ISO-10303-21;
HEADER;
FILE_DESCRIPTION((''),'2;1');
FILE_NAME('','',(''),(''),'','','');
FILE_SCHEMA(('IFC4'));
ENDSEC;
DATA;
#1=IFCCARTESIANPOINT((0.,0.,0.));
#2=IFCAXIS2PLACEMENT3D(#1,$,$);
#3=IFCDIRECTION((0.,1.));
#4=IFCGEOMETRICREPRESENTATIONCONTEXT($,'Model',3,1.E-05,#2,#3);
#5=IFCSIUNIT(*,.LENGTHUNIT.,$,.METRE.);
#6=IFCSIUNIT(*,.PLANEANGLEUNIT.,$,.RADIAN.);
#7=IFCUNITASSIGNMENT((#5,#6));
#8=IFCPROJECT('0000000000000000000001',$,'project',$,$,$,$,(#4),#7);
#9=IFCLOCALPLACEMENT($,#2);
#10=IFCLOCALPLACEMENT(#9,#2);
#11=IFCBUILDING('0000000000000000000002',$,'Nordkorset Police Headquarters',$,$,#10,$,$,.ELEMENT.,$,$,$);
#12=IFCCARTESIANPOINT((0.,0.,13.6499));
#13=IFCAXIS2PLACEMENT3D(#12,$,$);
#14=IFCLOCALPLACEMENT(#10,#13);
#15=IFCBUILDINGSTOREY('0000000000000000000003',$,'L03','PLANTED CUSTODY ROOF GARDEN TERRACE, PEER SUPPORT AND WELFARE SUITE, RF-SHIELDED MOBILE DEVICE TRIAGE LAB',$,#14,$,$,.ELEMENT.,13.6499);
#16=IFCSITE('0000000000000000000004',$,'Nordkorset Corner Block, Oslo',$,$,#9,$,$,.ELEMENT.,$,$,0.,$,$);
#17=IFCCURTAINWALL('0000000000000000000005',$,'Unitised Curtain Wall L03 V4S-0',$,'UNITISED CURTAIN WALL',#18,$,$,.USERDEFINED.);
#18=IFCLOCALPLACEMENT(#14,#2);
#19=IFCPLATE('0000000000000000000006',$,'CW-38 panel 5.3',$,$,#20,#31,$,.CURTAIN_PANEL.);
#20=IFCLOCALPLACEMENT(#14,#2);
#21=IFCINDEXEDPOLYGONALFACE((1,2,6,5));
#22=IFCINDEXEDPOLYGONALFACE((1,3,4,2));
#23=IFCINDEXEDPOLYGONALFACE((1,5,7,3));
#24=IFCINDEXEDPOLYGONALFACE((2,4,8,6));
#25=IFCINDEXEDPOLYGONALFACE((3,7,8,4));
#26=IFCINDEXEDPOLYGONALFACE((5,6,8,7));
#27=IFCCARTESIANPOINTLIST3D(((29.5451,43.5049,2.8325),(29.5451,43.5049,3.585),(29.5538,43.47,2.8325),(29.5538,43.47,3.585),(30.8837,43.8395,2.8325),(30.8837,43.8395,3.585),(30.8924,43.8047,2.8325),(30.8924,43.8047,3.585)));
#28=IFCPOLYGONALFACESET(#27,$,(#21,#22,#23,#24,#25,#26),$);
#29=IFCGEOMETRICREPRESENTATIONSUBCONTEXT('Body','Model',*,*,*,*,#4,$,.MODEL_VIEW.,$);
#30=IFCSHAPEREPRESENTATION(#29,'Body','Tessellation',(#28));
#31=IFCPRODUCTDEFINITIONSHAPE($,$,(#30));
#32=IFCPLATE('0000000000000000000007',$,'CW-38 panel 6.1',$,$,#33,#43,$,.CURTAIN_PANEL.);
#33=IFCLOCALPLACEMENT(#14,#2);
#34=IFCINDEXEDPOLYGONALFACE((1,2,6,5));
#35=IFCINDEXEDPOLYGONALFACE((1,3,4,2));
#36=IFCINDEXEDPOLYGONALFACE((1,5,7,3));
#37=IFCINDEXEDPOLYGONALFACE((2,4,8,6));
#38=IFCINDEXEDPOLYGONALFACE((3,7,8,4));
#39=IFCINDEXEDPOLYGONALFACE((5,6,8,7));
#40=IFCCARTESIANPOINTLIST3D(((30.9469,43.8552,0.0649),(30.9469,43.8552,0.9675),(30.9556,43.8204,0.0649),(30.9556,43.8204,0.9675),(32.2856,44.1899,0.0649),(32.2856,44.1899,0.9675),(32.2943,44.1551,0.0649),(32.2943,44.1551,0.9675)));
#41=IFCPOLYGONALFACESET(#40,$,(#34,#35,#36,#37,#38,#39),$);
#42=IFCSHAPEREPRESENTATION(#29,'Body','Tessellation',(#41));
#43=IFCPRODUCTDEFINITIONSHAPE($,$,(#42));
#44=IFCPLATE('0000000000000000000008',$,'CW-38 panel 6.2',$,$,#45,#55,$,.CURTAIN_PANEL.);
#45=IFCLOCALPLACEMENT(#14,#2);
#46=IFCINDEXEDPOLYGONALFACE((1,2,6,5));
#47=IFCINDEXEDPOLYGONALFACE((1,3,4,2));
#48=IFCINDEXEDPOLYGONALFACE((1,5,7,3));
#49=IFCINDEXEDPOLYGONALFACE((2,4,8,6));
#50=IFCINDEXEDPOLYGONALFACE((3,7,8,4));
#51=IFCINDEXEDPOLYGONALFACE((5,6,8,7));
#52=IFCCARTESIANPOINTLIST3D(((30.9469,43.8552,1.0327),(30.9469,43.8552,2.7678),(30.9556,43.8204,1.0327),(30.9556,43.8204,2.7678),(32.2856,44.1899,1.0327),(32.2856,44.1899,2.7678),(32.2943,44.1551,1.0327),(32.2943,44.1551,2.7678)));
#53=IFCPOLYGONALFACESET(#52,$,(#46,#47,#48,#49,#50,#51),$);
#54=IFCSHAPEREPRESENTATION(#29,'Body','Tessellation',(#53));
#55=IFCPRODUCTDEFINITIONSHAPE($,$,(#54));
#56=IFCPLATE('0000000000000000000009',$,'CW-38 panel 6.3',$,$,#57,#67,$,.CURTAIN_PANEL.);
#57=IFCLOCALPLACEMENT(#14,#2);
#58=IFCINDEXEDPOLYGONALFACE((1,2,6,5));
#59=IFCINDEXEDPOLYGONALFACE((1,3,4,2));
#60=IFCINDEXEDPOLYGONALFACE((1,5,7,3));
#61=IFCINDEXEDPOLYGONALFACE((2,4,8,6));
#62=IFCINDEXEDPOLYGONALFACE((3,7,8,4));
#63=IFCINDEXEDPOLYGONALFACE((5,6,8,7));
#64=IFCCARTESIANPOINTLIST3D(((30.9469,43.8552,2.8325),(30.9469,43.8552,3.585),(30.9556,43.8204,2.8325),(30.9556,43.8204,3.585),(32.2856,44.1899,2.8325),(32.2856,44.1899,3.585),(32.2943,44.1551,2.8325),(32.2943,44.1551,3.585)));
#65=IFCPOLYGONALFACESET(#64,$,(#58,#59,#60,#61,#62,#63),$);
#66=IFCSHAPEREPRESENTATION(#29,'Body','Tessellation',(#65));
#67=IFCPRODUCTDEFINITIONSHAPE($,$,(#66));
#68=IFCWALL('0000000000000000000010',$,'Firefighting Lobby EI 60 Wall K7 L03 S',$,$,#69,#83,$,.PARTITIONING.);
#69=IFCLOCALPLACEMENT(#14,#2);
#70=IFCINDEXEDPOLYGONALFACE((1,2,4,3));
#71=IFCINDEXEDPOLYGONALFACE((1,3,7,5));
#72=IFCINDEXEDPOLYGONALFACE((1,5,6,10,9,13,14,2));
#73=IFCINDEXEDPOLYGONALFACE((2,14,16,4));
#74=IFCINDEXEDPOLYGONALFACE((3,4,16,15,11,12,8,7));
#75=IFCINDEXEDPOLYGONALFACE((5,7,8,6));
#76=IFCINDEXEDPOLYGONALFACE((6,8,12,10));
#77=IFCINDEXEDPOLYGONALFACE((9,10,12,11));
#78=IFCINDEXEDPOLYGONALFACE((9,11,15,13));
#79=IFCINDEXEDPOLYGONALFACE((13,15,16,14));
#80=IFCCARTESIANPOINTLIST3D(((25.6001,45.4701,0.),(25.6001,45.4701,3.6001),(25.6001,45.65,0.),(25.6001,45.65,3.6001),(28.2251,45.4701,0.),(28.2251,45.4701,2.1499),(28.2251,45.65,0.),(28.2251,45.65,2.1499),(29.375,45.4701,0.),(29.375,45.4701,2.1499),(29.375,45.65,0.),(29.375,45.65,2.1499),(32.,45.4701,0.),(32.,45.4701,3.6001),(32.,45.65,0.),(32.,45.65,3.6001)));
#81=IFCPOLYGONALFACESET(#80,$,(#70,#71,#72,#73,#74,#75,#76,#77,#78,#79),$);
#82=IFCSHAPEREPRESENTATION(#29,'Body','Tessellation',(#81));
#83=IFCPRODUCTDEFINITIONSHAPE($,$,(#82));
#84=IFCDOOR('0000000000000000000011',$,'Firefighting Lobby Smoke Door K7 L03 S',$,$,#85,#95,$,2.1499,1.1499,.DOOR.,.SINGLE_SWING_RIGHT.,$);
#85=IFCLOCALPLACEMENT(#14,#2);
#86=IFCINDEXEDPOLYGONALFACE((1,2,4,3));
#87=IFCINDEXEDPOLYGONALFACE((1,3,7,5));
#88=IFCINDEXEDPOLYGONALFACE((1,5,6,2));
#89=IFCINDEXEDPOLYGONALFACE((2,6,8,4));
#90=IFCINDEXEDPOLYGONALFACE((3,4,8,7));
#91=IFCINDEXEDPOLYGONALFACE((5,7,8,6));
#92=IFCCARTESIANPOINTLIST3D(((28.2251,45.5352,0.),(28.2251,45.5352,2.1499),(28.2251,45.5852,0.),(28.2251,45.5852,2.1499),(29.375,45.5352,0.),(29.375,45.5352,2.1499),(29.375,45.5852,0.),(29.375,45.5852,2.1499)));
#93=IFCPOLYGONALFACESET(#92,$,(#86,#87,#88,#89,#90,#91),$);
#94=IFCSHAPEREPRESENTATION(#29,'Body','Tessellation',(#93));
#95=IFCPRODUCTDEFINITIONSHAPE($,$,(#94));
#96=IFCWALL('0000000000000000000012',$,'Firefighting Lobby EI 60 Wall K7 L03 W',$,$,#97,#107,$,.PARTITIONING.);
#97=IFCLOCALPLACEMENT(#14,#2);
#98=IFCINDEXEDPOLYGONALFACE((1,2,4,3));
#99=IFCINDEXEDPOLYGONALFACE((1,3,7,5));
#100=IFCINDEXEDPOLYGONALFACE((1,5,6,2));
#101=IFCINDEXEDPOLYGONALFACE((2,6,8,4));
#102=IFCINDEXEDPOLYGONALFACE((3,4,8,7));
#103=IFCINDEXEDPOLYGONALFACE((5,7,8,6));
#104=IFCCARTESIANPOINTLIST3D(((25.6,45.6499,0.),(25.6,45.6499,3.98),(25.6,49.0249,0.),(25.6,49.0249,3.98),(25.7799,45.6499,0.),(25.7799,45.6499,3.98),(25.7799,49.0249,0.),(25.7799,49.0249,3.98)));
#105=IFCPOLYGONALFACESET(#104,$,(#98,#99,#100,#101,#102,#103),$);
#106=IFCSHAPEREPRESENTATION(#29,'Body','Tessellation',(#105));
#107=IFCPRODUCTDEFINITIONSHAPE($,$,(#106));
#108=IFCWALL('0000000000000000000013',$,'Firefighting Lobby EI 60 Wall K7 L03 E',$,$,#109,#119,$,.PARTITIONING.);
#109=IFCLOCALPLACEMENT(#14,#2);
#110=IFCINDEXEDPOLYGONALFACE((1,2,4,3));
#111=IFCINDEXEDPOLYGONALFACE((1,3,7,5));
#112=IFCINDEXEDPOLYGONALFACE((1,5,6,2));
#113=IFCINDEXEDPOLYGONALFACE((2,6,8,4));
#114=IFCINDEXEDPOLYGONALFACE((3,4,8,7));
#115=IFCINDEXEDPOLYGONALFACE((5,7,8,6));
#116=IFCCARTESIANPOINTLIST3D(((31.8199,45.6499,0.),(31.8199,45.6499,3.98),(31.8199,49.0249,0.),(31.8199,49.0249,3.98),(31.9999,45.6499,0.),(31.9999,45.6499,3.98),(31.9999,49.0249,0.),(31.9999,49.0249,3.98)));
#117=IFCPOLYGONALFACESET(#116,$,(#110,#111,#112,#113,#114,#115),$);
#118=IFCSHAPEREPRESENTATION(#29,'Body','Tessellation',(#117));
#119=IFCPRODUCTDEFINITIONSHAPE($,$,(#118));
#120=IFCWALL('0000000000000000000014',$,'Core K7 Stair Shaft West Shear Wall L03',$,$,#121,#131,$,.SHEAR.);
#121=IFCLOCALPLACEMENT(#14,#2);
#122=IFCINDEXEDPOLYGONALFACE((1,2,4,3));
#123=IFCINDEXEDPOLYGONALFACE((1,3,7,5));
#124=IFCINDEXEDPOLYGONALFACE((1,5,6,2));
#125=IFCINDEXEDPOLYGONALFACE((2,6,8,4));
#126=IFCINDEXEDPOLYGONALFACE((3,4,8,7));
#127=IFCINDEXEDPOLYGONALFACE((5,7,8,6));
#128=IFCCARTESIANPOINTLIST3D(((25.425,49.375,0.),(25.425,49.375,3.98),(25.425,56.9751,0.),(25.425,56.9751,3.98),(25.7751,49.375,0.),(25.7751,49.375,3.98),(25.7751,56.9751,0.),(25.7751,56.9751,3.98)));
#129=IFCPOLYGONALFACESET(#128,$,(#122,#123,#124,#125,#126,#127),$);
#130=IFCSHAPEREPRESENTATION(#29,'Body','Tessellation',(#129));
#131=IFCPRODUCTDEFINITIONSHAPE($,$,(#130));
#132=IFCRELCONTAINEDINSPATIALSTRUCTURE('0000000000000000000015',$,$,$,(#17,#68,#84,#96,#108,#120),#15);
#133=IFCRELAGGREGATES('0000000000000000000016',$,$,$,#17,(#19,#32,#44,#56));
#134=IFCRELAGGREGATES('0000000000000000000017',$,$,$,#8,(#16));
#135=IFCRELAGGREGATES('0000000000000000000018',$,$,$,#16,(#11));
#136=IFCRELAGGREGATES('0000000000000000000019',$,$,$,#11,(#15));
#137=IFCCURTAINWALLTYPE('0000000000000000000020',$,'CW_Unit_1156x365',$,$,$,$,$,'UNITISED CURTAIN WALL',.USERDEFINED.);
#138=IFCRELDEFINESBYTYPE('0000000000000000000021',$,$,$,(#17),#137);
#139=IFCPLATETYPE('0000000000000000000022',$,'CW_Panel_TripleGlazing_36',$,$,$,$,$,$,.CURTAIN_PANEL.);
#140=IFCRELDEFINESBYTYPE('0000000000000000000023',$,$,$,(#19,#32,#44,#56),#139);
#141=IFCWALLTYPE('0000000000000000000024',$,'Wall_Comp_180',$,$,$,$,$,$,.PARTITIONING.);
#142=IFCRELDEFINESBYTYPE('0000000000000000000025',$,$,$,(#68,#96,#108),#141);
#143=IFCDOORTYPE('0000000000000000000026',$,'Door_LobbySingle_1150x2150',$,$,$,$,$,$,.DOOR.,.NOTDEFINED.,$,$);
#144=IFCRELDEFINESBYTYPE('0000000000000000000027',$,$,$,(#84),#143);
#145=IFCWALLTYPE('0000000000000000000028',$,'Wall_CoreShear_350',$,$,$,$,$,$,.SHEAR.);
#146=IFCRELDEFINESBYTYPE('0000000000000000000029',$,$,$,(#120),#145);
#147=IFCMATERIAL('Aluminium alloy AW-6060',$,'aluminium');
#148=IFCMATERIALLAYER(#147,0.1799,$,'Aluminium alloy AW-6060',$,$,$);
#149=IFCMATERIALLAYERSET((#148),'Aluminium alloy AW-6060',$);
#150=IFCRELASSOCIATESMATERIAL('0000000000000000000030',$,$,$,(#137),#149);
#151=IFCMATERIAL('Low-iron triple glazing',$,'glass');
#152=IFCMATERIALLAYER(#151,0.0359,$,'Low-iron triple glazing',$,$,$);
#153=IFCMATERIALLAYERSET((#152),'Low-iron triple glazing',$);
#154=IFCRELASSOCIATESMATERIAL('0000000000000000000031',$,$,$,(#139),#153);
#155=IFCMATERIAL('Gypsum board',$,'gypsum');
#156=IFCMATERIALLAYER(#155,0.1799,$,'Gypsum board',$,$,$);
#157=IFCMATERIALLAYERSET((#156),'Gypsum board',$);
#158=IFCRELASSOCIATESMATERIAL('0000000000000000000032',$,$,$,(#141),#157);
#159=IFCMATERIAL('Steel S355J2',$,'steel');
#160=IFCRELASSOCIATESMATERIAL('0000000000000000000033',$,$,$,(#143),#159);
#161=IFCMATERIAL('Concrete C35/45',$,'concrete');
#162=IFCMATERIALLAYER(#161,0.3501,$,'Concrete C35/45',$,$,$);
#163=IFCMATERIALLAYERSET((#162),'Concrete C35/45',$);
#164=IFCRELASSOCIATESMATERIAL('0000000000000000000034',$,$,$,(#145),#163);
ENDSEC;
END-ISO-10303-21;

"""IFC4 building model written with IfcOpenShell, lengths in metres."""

from ifc_helpers import new_model, si_unit, direction, frame, frame_2d, origin, origin_2d, place, context, subcontext, project, spatial, rectangle, extrude, material, layer, layer_set, type_object, element, fill, aggregate, save


model = new_model("IFC4")

# Units and contexts
model_context = context("Model", 3, precision=1e-05, world=origin(), true_north=direction((0.0, 1.0)))
body_context = subcontext(model_context, "Body", "Model", "MODEL_VIEW")
ifc_project = project(units=[si_unit("LENGTHUNIT", "METRE"), si_unit("PLANEANGLEUNIT", "RADIAN")], contexts=[model_context])

# Site, building, storey
site_placement = place(None, origin())
site = spatial("IfcSite", under=ifc_project, at=site_placement, Name="Nordkorset Corner Block, Oslo", CompositionType="ELEMENT", RefElevation=0.0)
building_placement = place(site_placement, origin())
building = spatial("IfcBuilding", under=site, at=building_placement, Name="Nordkorset Police Headquarters", CompositionType="ELEMENT")
storey_placement = place(building_placement, frame((0.0, 0.0, 13.6499)))
storey = spatial("IfcBuildingStorey", under=building, at=storey_placement, Name="L03", Description="PLANTED CUSTODY ROOF GARDEN TERRACE, PEER SUPPORT AND WELFARE SUITE, RF-SHIELDED MOBILE DEVICE TRIAGE LAB", CompositionType="ELEMENT", Elevation=13.6499)

# Curtain wall, plates
ifc_material_1 = material(Name="Aluminium alloy AW-6060", Category="aluminium")
ifc_layer_1 = layer(ifc_material_1, 0.1799, Name="Aluminium alloy AW-6060")
ifc_layer_set_1 = layer_set([ifc_layer_1], Name="Aluminium alloy AW-6060")
curtain_wall_type = type_object("IfcCurtainWallType", Name="CW_Unit_1156x365", ElementType="UNITISED CURTAIN WALL", PredefinedType="USERDEFINED", material=ifc_layer_set_1)
curtain_wall_placement = place(storey_placement, origin())
curtain_wall = element("IfcCurtainWall", 1, at=curtain_wall_placement, inside=storey, type_object=curtain_wall_type, Name="Unitised Curtain Wall L03 V4S-0", ObjectType="UNITISED CURTAIN WALL", PredefinedType="USERDEFINED")
ifc_material_2 = material(Name="Low-iron triple glazing", Category="glass")
ifc_layer_2 = layer(ifc_material_2, 0.0359, Name="Low-iron triple glazing")
ifc_layer_set_2 = layer_set([ifc_layer_2], Name="Low-iron triple glazing")
plate_type = type_object("IfcPlateType", Name="CW_Panel_TripleGlazing_36", PredefinedType="CURTAIN_PANEL", material=ifc_layer_set_2)
plate_1_placement = place(storey_placement, frame((30.2188, 43.6548, 2.8325), z_axis=(0.0, 0.0, 1.0), x_axis=(0.970143, 0.242536, 0.0)))
plate_1 = element("IfcPlate", 2, at=plate_1_placement, type_object=plate_type, Name="CW-38 panel 5.3", PredefinedType="CURTAIN_PANEL", context=body_context, shape_type="SweptSolid", body=[
    extrude(rectangle(XDim=1.3799, YDim=0.0359, at=origin_2d()), origin(), (0.0, 0.0, 1.0), 0.7524),
])
plate_2_placement = place(storey_placement, frame((31.6206, 44.0051, 0.0649), z_axis=(0.0, 0.0, 1.0), x_axis=(0.970143, 0.242536, 0.0)))
plate_2 = element("IfcPlate", 3, at=plate_2_placement, type_object=plate_type, Name="CW-38 panel 6.1", PredefinedType="CURTAIN_PANEL", context=body_context, shape_type="SweptSolid", body=[
    extrude(rectangle(XDim=1.3799, YDim=0.0359, at=origin_2d()), origin(), (0.0, 0.0, 1.0), 0.9026),
])
plate_3_placement = place(storey_placement, frame((31.6206, 44.0051, 1.0327), z_axis=(0.0, 0.0, 1.0), x_axis=(0.970143, 0.242536, 0.0)))
plate_3 = element("IfcPlate", 4, at=plate_3_placement, type_object=plate_type, Name="CW-38 panel 6.2", PredefinedType="CURTAIN_PANEL", context=body_context, shape_type="SweptSolid", body=[
    extrude(rectangle(XDim=1.3799, YDim=0.0359, at=origin_2d()), origin(), (0.0, 0.0, 1.0), 1.7351),
])
plate_4_placement = place(storey_placement, frame((31.6206, 44.0051, 2.8325), z_axis=(0.0, 0.0, 1.0), x_axis=(0.970143, 0.242536, 0.0)))
plate_4 = element("IfcPlate", 5, at=plate_4_placement, type_object=plate_type, Name="CW-38 panel 6.3", PredefinedType="CURTAIN_PANEL", context=body_context, shape_type="SweptSolid", body=[
    extrude(rectangle(XDim=1.3799, YDim=0.0359, at=origin_2d()), origin(), (0.0, 0.0, 1.0), 0.7524),
])
aggregate(curtain_wall, [plate_1, plate_2, plate_3, plate_4])

# Wall, opening, door
ifc_material_3 = material(Name="Gypsum board", Category="gypsum")
ifc_layer_3 = layer(ifc_material_3, 0.1799, Name="Gypsum board")
ifc_layer_set_3 = layer_set([ifc_layer_3], Name="Gypsum board")
wall_type_1 = type_object("IfcWallType", Name="Wall_Comp_180", PredefinedType="PARTITIONING", material=ifc_layer_set_3)
wall_1_placement = place(storey_placement, frame((25.6001, 45.5601, 0.0), z_axis=(0.0, 0.0, 1.0), x_axis=(1.0, 0.0, 0.0)))
wall_1 = element("IfcWall", 6, at=wall_1_placement, inside=storey, type_object=wall_type_1, Name="Firefighting Lobby EI 60 Wall K7 L03 S", PredefinedType="PARTITIONING", context=body_context, shape_type="SweptSolid", body=[
    extrude(rectangle(XDim=6.3999, YDim=0.1799, at=frame_2d((3.2, 0.0))), origin(), (0.0, 0.0, 1.0), 3.6001),
])
opening_1_placement = place(wall_1_placement, frame((2.625, 0.0, 0.0)))
opening_1 = element("IfcOpeningElement", 7, at=opening_1_placement, cuts=wall_1, PredefinedType="OPENING", context=body_context, shape_type="SweptSolid", body=[
    extrude(rectangle(XDim=1.1499, YDim=2.1499, at=frame_2d((0.575, 1.075))), frame((0.0, 0.1001, 0.0), z_axis=(0.0, -1.0, 0.0), x_axis=(1.0, 0.0, 0.0)), (0.0, 0.0, 1.0), 0.2),
])
ifc_material_4 = material(Name="Steel S355J2", Category="steel")
door_type_1 = type_object("IfcDoorType", Name="Door_LobbySingle_1150x2150", OperationType="NOTDEFINED", PredefinedType="DOOR", material=ifc_material_4)
door_1_placement = place(opening_1_placement, frame((1.1499, 0.0, 0.0), z_axis=(0.0, 0.0, 1.0), x_axis=(-1.0, 0.0, 0.0)))
door_1 = element("IfcDoor", 8, at=door_1_placement, inside=storey, type_object=door_type_1, Name="Firefighting Lobby Smoke Door K7 L03 S", OperationType="SINGLE_SWING_RIGHT", OverallHeight=2.1499, OverallWidth=1.1499, PredefinedType="DOOR", context=body_context, shape_type="SweptSolid", body=[
    extrude(rectangle(XDim=1.1499, YDim=2.1499, at=frame_2d((0.575, 1.075))), frame((0.0, 0.0249, 0.0), z_axis=(0.0, -1.0, 0.0), x_axis=(1.0, 0.0, 0.0)), (0.0, 0.0, 1.0), 0.05),
])
fill(opening_1, door_1)

# Walls
for number, where, z_axis, x_axis, name in (
    (9, (25.6899, 45.6499, 0.0), (0.0, 0.0, 1.0), (0.0, 1.0, 0.0), "Firefighting Lobby EI 60 Wall K7 L03 W"),
    (10, (31.9099, 45.6499, 0.0), (0.0, 0.0, 1.0), (0.0, 1.0, 0.0), "Firefighting Lobby EI 60 Wall K7 L03 E"),
):
    element("IfcWall", number, at=place(storey_placement, frame(where, z_axis=z_axis, x_axis=x_axis)), inside=storey, type_object=wall_type_1, Name=name, PredefinedType="PARTITIONING", context=body_context, shape_type="SweptSolid", body=[
        extrude(rectangle(XDim=3.375, YDim=0.1799, at=frame_2d((1.6875, 0.0))), origin(), (0.0, 0.0, 1.0), 3.98),
    ])

# Shared definitions
ifc_material_5 = material(Name="Concrete C35/45", Category="concrete")
ifc_layer_4 = layer(ifc_material_5, 0.3501, Name="Concrete C35/45")
ifc_layer_set_4 = layer_set([ifc_layer_4], Name="Concrete C35/45")
wall_type_2 = type_object("IfcWallType", Name="Wall_CoreShear_350", PredefinedType="SHEAR", material=ifc_layer_set_4)

# Wall
wall_2_placement = place(storey_placement, frame((25.6001, 49.375, 0.0), z_axis=(0.0, 0.0, 1.0), x_axis=(0.0, 1.0, 0.0)))
element("IfcWall", 11, at=wall_2_placement, inside=storey, type_object=wall_type_2, Name="Core K7 Stair Shaft West Shear Wall L03", PredefinedType="SHEAR", context=body_context, shape_type="SweptSolid", body=[
    extrude(rectangle(XDim=7.6001, YDim=0.3501, at=frame_2d((3.8, 0.0))), origin(), (0.0, 0.0, 1.0), 3.98),
])

save(model, "model.ifc")
